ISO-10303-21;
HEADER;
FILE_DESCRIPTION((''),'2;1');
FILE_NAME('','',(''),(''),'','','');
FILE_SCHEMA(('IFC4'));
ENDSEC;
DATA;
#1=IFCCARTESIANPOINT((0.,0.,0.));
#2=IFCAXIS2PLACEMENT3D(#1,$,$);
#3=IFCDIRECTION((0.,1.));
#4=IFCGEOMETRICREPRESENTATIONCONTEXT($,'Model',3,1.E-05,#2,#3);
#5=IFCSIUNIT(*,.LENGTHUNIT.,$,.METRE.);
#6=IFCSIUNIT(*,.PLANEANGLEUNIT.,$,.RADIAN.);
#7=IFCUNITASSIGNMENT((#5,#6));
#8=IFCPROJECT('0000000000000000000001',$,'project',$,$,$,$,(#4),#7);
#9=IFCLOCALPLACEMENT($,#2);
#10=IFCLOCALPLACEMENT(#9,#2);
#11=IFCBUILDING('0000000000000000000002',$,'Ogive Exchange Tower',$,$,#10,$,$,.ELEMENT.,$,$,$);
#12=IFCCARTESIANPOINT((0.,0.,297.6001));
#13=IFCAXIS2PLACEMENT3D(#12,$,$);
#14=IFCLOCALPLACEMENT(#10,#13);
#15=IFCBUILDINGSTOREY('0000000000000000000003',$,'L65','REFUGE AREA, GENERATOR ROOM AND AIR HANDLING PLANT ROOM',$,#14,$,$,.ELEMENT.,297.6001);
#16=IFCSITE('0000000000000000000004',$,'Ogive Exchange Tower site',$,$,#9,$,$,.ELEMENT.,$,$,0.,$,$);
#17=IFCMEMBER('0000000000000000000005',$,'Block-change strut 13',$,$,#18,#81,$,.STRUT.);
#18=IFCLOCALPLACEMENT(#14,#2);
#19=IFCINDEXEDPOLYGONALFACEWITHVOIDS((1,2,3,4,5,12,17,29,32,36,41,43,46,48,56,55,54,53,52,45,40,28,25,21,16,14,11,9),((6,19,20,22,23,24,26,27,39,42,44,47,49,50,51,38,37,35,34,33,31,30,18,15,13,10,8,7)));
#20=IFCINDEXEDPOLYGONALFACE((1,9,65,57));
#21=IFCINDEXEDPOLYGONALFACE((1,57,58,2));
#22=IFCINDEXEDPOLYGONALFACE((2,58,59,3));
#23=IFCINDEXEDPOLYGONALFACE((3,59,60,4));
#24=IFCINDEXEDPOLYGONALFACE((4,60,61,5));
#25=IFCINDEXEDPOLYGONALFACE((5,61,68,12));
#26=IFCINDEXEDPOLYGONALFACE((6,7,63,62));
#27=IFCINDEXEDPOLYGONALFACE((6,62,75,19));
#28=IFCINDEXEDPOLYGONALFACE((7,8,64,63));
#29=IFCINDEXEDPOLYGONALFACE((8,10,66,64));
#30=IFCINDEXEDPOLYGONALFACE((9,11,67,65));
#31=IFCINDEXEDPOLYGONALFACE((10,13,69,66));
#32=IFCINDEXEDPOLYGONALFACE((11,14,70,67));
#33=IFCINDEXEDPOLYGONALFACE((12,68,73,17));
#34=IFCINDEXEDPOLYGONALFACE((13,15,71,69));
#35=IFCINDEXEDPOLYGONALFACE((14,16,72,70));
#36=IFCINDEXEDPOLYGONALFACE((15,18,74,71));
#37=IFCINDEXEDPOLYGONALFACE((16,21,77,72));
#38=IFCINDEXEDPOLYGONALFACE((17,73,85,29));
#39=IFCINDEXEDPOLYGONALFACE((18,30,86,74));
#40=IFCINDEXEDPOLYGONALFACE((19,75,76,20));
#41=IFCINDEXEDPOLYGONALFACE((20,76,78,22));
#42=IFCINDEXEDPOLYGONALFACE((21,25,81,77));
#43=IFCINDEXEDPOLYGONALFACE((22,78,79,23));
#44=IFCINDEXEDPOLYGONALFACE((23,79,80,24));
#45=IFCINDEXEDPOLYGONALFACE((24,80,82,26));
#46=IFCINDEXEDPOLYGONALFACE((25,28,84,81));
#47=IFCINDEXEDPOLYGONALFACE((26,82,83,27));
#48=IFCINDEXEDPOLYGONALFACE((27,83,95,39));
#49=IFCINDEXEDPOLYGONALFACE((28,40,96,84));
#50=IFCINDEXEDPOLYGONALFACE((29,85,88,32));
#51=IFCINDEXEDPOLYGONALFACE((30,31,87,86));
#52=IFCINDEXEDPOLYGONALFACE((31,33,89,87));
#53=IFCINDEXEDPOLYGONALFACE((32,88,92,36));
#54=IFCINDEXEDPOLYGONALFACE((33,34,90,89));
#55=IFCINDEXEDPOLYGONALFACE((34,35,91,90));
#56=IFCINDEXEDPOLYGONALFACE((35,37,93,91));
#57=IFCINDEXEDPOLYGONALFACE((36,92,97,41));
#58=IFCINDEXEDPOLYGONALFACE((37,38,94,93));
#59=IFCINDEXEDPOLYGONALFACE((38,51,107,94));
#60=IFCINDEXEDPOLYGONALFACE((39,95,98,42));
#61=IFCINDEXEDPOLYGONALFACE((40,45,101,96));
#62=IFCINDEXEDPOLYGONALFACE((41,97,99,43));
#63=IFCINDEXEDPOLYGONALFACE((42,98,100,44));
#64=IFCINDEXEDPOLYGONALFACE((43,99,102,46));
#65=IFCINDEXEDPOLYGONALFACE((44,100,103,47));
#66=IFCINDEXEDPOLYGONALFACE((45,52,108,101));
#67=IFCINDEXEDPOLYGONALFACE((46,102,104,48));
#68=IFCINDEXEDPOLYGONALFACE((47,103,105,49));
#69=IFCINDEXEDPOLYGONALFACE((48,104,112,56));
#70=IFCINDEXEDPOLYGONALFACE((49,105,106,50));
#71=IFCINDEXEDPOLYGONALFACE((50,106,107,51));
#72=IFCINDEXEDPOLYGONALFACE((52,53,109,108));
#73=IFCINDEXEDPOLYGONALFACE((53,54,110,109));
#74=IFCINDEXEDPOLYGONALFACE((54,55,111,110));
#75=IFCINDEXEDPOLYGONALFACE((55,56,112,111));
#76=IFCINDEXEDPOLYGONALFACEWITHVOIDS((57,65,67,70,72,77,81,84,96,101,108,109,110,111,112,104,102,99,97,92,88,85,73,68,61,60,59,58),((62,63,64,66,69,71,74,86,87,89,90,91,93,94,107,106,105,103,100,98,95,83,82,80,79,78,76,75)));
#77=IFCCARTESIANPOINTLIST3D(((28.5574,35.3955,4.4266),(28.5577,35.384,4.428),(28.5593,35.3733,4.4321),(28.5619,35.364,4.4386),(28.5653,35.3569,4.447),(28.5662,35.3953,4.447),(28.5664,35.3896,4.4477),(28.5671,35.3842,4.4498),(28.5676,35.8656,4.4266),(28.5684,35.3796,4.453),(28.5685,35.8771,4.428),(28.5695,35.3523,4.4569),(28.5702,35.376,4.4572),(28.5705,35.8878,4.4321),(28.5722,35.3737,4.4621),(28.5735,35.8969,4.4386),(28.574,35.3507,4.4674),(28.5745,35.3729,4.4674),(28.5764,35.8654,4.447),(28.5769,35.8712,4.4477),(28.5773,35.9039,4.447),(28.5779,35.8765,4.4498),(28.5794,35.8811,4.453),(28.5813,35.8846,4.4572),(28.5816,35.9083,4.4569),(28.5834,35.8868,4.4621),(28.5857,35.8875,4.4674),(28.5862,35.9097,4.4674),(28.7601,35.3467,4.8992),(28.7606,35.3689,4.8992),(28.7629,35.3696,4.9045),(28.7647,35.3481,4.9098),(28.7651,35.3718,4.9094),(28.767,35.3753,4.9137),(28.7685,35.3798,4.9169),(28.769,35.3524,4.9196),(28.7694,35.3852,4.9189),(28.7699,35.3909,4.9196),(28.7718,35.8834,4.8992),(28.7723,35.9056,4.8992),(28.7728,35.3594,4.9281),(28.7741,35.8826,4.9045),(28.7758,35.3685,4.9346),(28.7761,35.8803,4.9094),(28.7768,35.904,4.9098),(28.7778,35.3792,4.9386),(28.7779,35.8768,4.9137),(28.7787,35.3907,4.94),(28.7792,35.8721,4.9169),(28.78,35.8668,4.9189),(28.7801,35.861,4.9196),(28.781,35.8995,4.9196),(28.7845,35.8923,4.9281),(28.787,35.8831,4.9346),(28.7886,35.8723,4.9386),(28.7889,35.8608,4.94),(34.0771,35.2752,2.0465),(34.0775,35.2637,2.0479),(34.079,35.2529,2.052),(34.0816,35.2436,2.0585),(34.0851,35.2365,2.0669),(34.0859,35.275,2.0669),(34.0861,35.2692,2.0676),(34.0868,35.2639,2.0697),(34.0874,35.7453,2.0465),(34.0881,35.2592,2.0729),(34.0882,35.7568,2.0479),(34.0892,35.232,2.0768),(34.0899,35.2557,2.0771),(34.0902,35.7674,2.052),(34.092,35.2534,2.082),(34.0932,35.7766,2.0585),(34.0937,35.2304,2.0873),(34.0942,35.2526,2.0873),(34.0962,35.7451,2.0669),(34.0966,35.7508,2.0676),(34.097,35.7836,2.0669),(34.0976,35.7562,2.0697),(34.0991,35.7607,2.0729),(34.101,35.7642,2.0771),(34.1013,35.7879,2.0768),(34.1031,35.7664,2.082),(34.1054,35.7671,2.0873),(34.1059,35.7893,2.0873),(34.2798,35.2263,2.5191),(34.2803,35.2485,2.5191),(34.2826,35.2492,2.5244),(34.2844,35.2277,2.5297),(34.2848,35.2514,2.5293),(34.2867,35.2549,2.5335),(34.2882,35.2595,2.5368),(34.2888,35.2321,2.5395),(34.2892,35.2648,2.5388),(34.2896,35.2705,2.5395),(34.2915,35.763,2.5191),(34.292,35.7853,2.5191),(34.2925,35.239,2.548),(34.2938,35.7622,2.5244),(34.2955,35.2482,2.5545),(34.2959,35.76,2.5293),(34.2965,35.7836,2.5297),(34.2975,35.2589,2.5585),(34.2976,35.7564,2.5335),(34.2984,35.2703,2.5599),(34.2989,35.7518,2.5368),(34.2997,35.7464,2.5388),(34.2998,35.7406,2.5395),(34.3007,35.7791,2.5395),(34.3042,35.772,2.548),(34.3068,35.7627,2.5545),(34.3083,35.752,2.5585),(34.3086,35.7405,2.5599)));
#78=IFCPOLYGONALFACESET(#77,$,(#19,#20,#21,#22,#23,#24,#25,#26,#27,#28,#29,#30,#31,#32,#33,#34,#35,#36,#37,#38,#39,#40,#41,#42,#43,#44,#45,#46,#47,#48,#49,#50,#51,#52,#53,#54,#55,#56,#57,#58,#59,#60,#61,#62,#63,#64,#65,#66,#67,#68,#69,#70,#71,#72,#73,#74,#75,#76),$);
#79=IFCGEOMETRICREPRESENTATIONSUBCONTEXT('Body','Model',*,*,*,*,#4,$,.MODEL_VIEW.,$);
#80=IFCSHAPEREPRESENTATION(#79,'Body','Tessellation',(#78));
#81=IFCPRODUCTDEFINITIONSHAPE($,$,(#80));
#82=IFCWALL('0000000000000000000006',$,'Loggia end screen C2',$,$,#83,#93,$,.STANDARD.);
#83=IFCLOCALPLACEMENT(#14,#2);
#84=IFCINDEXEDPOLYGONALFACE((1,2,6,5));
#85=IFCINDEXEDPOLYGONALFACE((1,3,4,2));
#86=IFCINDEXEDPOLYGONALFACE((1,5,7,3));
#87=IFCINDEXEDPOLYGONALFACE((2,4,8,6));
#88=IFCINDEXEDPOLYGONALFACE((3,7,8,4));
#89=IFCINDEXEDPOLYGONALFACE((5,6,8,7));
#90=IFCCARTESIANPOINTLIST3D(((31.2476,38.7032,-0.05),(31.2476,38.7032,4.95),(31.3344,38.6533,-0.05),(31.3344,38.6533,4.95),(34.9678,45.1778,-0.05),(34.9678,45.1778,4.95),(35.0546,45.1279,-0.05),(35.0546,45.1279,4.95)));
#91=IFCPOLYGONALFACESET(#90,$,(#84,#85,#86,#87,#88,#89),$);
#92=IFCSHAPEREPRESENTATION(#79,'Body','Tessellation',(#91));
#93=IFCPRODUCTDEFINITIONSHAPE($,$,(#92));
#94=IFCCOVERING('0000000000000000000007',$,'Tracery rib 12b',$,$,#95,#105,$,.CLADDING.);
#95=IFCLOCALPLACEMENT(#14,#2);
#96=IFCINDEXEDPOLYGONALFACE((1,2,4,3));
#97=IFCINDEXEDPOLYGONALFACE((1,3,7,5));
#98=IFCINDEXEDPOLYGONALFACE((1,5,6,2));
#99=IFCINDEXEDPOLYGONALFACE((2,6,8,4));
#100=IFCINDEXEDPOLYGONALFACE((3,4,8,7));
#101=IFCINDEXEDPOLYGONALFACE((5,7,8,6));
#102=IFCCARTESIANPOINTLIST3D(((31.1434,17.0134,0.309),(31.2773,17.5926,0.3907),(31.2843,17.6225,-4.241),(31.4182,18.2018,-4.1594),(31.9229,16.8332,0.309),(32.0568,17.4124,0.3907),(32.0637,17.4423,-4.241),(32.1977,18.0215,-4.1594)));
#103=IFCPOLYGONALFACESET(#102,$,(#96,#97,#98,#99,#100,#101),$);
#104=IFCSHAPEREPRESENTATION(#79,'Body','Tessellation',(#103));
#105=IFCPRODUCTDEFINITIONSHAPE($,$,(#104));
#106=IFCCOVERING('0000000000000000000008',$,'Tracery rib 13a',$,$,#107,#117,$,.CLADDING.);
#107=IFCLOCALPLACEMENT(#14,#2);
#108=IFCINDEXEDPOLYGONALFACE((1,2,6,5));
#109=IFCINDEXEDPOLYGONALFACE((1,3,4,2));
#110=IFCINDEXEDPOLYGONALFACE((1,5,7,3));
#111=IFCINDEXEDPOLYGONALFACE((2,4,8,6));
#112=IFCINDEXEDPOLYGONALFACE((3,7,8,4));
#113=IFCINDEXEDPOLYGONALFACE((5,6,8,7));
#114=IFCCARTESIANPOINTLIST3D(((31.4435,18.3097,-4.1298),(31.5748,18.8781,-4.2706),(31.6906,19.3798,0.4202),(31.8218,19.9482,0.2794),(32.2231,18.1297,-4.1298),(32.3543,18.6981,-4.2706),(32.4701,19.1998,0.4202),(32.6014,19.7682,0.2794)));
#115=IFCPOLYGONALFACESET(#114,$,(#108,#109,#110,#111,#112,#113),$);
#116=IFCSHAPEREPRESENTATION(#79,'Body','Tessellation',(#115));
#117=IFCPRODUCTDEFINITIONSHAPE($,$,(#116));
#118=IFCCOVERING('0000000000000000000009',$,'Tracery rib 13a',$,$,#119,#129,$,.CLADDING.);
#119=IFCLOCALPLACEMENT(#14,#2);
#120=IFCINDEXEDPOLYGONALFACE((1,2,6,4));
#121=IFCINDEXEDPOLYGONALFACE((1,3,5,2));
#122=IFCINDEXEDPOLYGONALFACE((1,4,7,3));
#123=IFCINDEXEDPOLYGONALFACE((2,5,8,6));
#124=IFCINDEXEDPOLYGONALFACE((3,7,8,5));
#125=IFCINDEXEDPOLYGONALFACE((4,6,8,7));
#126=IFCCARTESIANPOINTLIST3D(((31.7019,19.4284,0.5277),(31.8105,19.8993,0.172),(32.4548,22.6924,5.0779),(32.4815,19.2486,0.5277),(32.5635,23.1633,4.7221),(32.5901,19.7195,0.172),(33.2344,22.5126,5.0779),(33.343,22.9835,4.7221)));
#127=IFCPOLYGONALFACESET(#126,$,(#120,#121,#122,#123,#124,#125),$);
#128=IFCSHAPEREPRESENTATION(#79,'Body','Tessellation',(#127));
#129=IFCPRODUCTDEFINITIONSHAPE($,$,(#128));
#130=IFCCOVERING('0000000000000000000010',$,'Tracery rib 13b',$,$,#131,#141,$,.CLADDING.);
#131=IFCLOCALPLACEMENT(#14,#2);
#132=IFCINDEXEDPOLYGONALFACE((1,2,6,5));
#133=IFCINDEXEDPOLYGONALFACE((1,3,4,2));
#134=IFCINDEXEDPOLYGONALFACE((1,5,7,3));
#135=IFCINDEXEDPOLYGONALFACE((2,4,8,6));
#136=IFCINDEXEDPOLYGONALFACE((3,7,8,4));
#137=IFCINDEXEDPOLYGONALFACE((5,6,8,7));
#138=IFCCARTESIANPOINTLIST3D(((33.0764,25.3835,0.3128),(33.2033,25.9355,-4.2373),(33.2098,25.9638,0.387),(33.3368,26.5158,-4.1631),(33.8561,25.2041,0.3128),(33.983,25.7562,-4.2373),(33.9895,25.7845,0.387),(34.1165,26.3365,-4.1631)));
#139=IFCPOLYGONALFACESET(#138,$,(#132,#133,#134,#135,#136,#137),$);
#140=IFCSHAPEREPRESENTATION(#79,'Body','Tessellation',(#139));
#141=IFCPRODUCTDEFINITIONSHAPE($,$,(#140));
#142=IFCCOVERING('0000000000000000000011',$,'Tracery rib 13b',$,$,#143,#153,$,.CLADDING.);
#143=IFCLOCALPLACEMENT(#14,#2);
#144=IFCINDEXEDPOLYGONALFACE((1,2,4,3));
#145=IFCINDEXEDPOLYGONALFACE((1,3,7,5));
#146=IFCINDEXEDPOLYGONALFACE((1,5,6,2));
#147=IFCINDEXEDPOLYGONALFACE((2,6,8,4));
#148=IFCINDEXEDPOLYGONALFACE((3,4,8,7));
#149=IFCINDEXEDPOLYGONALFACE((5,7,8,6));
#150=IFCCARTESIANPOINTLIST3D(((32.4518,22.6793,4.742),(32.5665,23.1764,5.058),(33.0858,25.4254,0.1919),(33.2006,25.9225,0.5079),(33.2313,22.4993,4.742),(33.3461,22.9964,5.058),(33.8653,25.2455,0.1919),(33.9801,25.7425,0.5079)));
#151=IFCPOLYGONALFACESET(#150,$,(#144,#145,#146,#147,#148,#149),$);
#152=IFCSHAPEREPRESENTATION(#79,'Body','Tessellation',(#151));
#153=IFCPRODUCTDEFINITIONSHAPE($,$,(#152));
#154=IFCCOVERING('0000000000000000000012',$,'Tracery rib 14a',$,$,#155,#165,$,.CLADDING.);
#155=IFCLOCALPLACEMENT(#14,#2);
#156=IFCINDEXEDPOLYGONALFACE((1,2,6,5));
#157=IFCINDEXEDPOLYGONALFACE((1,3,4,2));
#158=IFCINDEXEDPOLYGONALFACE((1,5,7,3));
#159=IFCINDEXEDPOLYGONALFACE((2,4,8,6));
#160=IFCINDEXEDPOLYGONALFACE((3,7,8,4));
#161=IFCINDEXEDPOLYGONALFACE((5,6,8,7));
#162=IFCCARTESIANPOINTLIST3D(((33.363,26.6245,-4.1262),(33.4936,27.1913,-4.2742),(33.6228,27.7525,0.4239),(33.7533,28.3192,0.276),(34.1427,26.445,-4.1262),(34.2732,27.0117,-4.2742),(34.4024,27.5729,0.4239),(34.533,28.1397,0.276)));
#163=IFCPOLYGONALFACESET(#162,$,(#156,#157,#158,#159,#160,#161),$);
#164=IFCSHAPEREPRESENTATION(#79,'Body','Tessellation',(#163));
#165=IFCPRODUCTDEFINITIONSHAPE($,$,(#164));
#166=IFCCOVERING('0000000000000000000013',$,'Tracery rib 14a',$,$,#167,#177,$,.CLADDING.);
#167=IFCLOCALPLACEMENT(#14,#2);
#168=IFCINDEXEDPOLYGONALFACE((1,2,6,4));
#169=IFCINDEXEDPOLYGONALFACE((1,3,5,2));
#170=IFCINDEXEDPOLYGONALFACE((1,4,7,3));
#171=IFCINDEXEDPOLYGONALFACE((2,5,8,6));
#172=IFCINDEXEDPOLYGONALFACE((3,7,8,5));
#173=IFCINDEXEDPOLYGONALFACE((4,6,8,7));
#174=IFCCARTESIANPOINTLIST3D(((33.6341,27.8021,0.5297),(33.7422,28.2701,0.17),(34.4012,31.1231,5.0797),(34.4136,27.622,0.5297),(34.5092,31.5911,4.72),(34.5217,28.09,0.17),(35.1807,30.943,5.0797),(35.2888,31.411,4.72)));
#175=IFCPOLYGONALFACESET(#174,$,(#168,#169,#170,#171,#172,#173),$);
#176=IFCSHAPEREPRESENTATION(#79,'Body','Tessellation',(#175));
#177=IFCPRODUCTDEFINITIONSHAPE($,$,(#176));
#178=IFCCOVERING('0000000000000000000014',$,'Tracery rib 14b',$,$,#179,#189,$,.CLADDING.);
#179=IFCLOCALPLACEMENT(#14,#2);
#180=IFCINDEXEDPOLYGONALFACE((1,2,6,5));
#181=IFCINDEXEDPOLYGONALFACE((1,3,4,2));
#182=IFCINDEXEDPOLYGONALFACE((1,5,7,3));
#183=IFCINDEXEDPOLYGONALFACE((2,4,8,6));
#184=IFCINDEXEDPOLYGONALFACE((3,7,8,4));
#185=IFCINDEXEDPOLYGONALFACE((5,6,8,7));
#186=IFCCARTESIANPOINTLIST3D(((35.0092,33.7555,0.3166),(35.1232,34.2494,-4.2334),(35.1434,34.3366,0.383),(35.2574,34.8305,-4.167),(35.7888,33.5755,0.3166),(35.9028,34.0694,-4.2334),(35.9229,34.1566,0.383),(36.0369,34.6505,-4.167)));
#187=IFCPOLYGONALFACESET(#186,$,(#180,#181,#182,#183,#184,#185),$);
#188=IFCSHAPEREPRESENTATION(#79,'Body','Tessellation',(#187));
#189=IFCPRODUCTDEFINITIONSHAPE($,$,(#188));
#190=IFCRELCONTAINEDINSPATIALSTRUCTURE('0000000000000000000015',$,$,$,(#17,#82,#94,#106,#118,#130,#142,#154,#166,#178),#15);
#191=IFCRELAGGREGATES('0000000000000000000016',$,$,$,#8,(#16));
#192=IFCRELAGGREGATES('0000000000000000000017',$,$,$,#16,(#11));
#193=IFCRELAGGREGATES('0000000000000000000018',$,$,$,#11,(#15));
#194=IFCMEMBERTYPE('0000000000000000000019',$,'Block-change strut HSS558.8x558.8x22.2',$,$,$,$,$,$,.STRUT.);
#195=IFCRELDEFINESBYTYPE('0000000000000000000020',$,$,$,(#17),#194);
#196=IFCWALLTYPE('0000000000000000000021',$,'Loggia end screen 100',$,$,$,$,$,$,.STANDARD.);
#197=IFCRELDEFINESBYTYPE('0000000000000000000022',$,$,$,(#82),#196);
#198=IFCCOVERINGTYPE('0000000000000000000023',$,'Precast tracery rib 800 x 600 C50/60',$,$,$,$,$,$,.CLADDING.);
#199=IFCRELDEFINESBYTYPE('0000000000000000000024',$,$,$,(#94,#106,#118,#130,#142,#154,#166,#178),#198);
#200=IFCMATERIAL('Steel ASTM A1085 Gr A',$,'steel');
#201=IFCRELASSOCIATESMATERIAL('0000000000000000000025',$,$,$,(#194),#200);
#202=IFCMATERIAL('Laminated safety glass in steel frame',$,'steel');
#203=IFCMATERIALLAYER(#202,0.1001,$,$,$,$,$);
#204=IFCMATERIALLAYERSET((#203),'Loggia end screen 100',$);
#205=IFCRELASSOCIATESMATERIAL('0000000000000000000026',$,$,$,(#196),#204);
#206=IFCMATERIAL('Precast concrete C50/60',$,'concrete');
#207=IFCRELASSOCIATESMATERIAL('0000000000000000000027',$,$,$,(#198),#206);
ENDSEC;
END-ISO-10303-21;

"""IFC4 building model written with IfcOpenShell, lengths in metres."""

from ifc_helpers import new_model, si_unit, direction, frame, frame_2d, origin, origin_2d, place, context, subcontext, project, spatial, rectangle, hollow_rectangle, extrude, material, layer, layer_set, material_profile, profile_set, type_object, element, save


model = new_model("IFC4")

# Units and contexts
model_context = context("Model", 3, precision=1e-05, world=origin(), true_north=direction((0.0, 1.0)))
body_context = subcontext(model_context, "Body", "Model", "MODEL_VIEW")
ifc_project = project(units=[si_unit("LENGTHUNIT", "METRE"), si_unit("PLANEANGLEUNIT", "RADIAN")], contexts=[model_context])

# Site, building, storey
site_placement = place(None, origin())
site = spatial("IfcSite", under=ifc_project, at=site_placement, Name="Ogive Exchange Tower site", CompositionType="ELEMENT", RefElevation=0.0)
building_placement = place(site_placement, origin())
building = spatial("IfcBuilding", under=site, at=building_placement, Name="Ogive Exchange Tower", CompositionType="ELEMENT")
storey_placement = place(building_placement, frame((0.0, 0.0, 297.6001)))
storey = spatial("IfcBuildingStorey", under=building, at=storey_placement, Name="L65", Description="REFUGE AREA, GENERATOR ROOM AND AIR HANDLING PLANT ROOM", CompositionType="ELEMENT", Elevation=297.6001)

# Shared definitions
ifc_material_1 = material(Name="Steel ASTM A1085 Gr A", Category="steel")

# Member
ifc_material_profile_1 = material_profile(ifc_material_1, hollow_rectangle(XDim=0.5591, YDim=0.5591, WallThickness=0.0222, InnerFilletRadius=0.0222, OuterFilletRadius=0.0444, at=origin_2d()), Name="HSS558.8x558.8x22.2")
ifc_profile_set_1 = profile_set([ifc_material_profile_1], Name="Steel ASTM A1085 Gr A")
member_type_1 = type_object("IfcMemberType", Name="Block-change strut HSS558.8x558.8x22.2", PredefinedType="STRUT", material=ifc_profile_set_1)
member_1_placement = place(storey_placement, frame((34.1929, 35.5078, 2.3032), z_axis=(-0.918085, 0.020019, 0.395878), x_axis=(-0.0218, -0.999762, 0.0)))
element("IfcMember", 1, at=member_1_placement, inside=storey, type_object=member_type_1, Name="Block-change strut 13", PredefinedType="STRUT", context=body_context, shape_type="SweptSolid", body=[
    extrude(hollow_rectangle(XDim=0.5591, YDim=0.5591, WallThickness=0.0222, InnerFilletRadius=0.0222, OuterFilletRadius=0.0444, at=origin_2d()), origin(), (0.0, 0.0, 1.0), 6.0122),
])

# Wall
ifc_material_2 = material(Name="Laminated safety glass in steel frame", Category="steel")
ifc_layer = layer(ifc_material_2, 0.1001)
ifc_layer_set = layer_set([ifc_layer], Name="Loggia end screen 100")
wall_type = type_object("IfcWallType", Name="Loggia end screen 100", PredefinedType="STANDARD", material=ifc_layer_set)
wall_placement = place(storey_placement, frame((31.291, 38.6782, -0.05), z_axis=(0.0, 0.0, 1.0), x_axis=(0.498201, 0.867062, 0.0)))
element("IfcWall", 2, at=wall_placement, inside=storey, type_object=wall_type, Name="Loggia end screen C2", PredefinedType="STANDARD", context=body_context, shape_type="SweptSolid", body=[
    extrude(rectangle(XDim=7.4673, YDim=0.1001, at=frame_2d((3.7336, 0.0))), origin(), (0.0, 0.0, 1.0), 5.0),
])

# Coverings
ifc_material_3 = material(Name="Precast concrete C50/60", Category="concrete")
ifc_material_profile_2 = material_profile(ifc_material_3, rectangle(XDim=0.8, YDim=0.6001, at=origin_2d()), Name="RIB 800 x 600")
ifc_profile_set_2 = profile_set([ifc_material_profile_2], Name="Precast concrete C50/60")
covering_type = type_object("IfcCoveringType", Name="Precast tracery rib 800 x 600 C50/60", PredefinedType="CLADDING", material=ifc_profile_set_2)
covering_1_placement = place(storey_placement, frame((31.741, 17.822, -4.2002), z_axis=(-0.030672, -0.132627, 0.990691), x_axis=(0.974286, -0.225316, 0.0)))
element("IfcCovering", 3, at=covering_1_placement, inside=storey, type_object=covering_type, Name="Tracery rib 12b", PredefinedType="CLADDING", context=body_context, shape_type="SweptSolid", body=[
    extrude(rectangle(XDim=0.8, YDim=0.6001, at=origin_2d()), origin(), (0.0, 0.0, 1.0), 4.5928),
])
covering_2_placement = place(storey_placement, frame((31.8989, 18.5039, -4.2002), z_axis=(0.052785, 0.228612, 0.972085), x_axis=(-0.974365, 0.224973, 0.0)))
element("IfcCovering", 4, at=covering_2_placement, inside=storey, type_object=covering_type, Name="Tracery rib 13a", PredefinedType="CLADDING", context=body_context, shape_type="SweptSolid", body=[
    extrude(rectangle(XDim=0.8, YDim=0.6001, at=origin_2d()), origin(), (0.0, 0.0, 1.0), 4.6807),
])
covering_3_placement = place(storey_placement, frame((32.146, 19.574, 0.3499), z_axis=(0.133261, 0.57768, 0.805312), x_axis=(-0.97441, 0.22478, 0.0)))
element("IfcCovering", 5, at=covering_3_placement, inside=storey, type_object=covering_type, Name="Tracery rib 13a", PredefinedType="CLADDING", context=body_context, shape_type="SweptSolid", body=[
    extrude(rectangle(XDim=0.8, YDim=0.6001, at=origin_2d()), origin(), (0.0, 0.0, 1.0), 5.6501),
])
covering_4_placement = place(storey_placement, frame((33.6599, 26.136, -4.2002), z_axis=(-0.027688, -0.120389, 0.992341), x_axis=(0.974558, -0.224135, 0.0)))
element("IfcCovering", 6, at=covering_4_placement, inside=storey, type_object=covering_type, Name="Tracery rib 13b", PredefinedType="CLADDING", context=body_context, shape_type="SweptSolid", body=[
    extrude(rectangle(XDim=0.8, YDim=0.6001, at=origin_2d()), origin(), (0.0, 0.0, 1.0), 4.5852),
])
covering_5_placement = place(storey_placement, frame((33.533, 25.584, 0.3499), z_axis=(-0.118462, -0.513078, 0.850128), x_axis=(0.974366, -0.224967, 0.0)))
element("IfcCovering", 7, at=covering_5_placement, inside=storey, type_object=covering_type, Name="Tracery rib 13b", PredefinedType="CLADDING", context=body_context, shape_type="SweptSolid", body=[
    extrude(rectangle(XDim=0.8, YDim=0.6001, at=origin_2d()), origin(), (0.0, 0.0, 1.0), 5.3523),
])
covering_6_placement = place(storey_placement, frame((33.8181, 26.8181, -4.2002), z_axis=(0.055329, 0.240243, 0.969135), x_axis=(-0.974491, 0.224428, 0.0)))
element("IfcCovering", 8, at=covering_6_placement, inside=storey, type_object=covering_type, Name="Tracery rib 14a", PredefinedType="CLADDING", context=body_context, shape_type="SweptSolid", body=[
    extrude(rectangle(XDim=0.8, YDim=0.6001, at=origin_2d()), origin(), (0.0, 0.0, 1.0), 4.6951),
])
covering_7_placement = place(storey_placement, frame((34.0779, 27.946, 0.3499), z_axis=(0.134929, 0.584163, 0.800342), x_axis=(-0.974347, 0.225053, 0.0)))
element("IfcCovering", 9, at=covering_7_placement, inside=storey, type_object=covering_type, Name="Tracery rib 14a", PredefinedType="CLADDING", context=body_context, shape_type="SweptSolid", body=[
    extrude(rectangle(XDim=0.8, YDim=0.6001, at=origin_2d()), origin(), (0.0, 0.0, 1.0), 5.6851),
])
covering_8_placement = place(storey_placement, frame((35.5801, 34.45, -4.2002), z_axis=(-0.024904, -0.10788, 0.993852), x_axis=(0.974375, -0.22493, 0.0)))
element("IfcCovering", 10, at=covering_8_placement, inside=storey, type_object=covering_type, Name="Tracery rib 14b", PredefinedType="CLADDING", context=body_context, shape_type="SweptSolid", body=[
    extrude(rectangle(XDim=0.8, YDim=0.6001, at=origin_2d()), origin(), (0.0, 0.0, 1.0), 4.5781),
])

save(model, "model.ifc")
